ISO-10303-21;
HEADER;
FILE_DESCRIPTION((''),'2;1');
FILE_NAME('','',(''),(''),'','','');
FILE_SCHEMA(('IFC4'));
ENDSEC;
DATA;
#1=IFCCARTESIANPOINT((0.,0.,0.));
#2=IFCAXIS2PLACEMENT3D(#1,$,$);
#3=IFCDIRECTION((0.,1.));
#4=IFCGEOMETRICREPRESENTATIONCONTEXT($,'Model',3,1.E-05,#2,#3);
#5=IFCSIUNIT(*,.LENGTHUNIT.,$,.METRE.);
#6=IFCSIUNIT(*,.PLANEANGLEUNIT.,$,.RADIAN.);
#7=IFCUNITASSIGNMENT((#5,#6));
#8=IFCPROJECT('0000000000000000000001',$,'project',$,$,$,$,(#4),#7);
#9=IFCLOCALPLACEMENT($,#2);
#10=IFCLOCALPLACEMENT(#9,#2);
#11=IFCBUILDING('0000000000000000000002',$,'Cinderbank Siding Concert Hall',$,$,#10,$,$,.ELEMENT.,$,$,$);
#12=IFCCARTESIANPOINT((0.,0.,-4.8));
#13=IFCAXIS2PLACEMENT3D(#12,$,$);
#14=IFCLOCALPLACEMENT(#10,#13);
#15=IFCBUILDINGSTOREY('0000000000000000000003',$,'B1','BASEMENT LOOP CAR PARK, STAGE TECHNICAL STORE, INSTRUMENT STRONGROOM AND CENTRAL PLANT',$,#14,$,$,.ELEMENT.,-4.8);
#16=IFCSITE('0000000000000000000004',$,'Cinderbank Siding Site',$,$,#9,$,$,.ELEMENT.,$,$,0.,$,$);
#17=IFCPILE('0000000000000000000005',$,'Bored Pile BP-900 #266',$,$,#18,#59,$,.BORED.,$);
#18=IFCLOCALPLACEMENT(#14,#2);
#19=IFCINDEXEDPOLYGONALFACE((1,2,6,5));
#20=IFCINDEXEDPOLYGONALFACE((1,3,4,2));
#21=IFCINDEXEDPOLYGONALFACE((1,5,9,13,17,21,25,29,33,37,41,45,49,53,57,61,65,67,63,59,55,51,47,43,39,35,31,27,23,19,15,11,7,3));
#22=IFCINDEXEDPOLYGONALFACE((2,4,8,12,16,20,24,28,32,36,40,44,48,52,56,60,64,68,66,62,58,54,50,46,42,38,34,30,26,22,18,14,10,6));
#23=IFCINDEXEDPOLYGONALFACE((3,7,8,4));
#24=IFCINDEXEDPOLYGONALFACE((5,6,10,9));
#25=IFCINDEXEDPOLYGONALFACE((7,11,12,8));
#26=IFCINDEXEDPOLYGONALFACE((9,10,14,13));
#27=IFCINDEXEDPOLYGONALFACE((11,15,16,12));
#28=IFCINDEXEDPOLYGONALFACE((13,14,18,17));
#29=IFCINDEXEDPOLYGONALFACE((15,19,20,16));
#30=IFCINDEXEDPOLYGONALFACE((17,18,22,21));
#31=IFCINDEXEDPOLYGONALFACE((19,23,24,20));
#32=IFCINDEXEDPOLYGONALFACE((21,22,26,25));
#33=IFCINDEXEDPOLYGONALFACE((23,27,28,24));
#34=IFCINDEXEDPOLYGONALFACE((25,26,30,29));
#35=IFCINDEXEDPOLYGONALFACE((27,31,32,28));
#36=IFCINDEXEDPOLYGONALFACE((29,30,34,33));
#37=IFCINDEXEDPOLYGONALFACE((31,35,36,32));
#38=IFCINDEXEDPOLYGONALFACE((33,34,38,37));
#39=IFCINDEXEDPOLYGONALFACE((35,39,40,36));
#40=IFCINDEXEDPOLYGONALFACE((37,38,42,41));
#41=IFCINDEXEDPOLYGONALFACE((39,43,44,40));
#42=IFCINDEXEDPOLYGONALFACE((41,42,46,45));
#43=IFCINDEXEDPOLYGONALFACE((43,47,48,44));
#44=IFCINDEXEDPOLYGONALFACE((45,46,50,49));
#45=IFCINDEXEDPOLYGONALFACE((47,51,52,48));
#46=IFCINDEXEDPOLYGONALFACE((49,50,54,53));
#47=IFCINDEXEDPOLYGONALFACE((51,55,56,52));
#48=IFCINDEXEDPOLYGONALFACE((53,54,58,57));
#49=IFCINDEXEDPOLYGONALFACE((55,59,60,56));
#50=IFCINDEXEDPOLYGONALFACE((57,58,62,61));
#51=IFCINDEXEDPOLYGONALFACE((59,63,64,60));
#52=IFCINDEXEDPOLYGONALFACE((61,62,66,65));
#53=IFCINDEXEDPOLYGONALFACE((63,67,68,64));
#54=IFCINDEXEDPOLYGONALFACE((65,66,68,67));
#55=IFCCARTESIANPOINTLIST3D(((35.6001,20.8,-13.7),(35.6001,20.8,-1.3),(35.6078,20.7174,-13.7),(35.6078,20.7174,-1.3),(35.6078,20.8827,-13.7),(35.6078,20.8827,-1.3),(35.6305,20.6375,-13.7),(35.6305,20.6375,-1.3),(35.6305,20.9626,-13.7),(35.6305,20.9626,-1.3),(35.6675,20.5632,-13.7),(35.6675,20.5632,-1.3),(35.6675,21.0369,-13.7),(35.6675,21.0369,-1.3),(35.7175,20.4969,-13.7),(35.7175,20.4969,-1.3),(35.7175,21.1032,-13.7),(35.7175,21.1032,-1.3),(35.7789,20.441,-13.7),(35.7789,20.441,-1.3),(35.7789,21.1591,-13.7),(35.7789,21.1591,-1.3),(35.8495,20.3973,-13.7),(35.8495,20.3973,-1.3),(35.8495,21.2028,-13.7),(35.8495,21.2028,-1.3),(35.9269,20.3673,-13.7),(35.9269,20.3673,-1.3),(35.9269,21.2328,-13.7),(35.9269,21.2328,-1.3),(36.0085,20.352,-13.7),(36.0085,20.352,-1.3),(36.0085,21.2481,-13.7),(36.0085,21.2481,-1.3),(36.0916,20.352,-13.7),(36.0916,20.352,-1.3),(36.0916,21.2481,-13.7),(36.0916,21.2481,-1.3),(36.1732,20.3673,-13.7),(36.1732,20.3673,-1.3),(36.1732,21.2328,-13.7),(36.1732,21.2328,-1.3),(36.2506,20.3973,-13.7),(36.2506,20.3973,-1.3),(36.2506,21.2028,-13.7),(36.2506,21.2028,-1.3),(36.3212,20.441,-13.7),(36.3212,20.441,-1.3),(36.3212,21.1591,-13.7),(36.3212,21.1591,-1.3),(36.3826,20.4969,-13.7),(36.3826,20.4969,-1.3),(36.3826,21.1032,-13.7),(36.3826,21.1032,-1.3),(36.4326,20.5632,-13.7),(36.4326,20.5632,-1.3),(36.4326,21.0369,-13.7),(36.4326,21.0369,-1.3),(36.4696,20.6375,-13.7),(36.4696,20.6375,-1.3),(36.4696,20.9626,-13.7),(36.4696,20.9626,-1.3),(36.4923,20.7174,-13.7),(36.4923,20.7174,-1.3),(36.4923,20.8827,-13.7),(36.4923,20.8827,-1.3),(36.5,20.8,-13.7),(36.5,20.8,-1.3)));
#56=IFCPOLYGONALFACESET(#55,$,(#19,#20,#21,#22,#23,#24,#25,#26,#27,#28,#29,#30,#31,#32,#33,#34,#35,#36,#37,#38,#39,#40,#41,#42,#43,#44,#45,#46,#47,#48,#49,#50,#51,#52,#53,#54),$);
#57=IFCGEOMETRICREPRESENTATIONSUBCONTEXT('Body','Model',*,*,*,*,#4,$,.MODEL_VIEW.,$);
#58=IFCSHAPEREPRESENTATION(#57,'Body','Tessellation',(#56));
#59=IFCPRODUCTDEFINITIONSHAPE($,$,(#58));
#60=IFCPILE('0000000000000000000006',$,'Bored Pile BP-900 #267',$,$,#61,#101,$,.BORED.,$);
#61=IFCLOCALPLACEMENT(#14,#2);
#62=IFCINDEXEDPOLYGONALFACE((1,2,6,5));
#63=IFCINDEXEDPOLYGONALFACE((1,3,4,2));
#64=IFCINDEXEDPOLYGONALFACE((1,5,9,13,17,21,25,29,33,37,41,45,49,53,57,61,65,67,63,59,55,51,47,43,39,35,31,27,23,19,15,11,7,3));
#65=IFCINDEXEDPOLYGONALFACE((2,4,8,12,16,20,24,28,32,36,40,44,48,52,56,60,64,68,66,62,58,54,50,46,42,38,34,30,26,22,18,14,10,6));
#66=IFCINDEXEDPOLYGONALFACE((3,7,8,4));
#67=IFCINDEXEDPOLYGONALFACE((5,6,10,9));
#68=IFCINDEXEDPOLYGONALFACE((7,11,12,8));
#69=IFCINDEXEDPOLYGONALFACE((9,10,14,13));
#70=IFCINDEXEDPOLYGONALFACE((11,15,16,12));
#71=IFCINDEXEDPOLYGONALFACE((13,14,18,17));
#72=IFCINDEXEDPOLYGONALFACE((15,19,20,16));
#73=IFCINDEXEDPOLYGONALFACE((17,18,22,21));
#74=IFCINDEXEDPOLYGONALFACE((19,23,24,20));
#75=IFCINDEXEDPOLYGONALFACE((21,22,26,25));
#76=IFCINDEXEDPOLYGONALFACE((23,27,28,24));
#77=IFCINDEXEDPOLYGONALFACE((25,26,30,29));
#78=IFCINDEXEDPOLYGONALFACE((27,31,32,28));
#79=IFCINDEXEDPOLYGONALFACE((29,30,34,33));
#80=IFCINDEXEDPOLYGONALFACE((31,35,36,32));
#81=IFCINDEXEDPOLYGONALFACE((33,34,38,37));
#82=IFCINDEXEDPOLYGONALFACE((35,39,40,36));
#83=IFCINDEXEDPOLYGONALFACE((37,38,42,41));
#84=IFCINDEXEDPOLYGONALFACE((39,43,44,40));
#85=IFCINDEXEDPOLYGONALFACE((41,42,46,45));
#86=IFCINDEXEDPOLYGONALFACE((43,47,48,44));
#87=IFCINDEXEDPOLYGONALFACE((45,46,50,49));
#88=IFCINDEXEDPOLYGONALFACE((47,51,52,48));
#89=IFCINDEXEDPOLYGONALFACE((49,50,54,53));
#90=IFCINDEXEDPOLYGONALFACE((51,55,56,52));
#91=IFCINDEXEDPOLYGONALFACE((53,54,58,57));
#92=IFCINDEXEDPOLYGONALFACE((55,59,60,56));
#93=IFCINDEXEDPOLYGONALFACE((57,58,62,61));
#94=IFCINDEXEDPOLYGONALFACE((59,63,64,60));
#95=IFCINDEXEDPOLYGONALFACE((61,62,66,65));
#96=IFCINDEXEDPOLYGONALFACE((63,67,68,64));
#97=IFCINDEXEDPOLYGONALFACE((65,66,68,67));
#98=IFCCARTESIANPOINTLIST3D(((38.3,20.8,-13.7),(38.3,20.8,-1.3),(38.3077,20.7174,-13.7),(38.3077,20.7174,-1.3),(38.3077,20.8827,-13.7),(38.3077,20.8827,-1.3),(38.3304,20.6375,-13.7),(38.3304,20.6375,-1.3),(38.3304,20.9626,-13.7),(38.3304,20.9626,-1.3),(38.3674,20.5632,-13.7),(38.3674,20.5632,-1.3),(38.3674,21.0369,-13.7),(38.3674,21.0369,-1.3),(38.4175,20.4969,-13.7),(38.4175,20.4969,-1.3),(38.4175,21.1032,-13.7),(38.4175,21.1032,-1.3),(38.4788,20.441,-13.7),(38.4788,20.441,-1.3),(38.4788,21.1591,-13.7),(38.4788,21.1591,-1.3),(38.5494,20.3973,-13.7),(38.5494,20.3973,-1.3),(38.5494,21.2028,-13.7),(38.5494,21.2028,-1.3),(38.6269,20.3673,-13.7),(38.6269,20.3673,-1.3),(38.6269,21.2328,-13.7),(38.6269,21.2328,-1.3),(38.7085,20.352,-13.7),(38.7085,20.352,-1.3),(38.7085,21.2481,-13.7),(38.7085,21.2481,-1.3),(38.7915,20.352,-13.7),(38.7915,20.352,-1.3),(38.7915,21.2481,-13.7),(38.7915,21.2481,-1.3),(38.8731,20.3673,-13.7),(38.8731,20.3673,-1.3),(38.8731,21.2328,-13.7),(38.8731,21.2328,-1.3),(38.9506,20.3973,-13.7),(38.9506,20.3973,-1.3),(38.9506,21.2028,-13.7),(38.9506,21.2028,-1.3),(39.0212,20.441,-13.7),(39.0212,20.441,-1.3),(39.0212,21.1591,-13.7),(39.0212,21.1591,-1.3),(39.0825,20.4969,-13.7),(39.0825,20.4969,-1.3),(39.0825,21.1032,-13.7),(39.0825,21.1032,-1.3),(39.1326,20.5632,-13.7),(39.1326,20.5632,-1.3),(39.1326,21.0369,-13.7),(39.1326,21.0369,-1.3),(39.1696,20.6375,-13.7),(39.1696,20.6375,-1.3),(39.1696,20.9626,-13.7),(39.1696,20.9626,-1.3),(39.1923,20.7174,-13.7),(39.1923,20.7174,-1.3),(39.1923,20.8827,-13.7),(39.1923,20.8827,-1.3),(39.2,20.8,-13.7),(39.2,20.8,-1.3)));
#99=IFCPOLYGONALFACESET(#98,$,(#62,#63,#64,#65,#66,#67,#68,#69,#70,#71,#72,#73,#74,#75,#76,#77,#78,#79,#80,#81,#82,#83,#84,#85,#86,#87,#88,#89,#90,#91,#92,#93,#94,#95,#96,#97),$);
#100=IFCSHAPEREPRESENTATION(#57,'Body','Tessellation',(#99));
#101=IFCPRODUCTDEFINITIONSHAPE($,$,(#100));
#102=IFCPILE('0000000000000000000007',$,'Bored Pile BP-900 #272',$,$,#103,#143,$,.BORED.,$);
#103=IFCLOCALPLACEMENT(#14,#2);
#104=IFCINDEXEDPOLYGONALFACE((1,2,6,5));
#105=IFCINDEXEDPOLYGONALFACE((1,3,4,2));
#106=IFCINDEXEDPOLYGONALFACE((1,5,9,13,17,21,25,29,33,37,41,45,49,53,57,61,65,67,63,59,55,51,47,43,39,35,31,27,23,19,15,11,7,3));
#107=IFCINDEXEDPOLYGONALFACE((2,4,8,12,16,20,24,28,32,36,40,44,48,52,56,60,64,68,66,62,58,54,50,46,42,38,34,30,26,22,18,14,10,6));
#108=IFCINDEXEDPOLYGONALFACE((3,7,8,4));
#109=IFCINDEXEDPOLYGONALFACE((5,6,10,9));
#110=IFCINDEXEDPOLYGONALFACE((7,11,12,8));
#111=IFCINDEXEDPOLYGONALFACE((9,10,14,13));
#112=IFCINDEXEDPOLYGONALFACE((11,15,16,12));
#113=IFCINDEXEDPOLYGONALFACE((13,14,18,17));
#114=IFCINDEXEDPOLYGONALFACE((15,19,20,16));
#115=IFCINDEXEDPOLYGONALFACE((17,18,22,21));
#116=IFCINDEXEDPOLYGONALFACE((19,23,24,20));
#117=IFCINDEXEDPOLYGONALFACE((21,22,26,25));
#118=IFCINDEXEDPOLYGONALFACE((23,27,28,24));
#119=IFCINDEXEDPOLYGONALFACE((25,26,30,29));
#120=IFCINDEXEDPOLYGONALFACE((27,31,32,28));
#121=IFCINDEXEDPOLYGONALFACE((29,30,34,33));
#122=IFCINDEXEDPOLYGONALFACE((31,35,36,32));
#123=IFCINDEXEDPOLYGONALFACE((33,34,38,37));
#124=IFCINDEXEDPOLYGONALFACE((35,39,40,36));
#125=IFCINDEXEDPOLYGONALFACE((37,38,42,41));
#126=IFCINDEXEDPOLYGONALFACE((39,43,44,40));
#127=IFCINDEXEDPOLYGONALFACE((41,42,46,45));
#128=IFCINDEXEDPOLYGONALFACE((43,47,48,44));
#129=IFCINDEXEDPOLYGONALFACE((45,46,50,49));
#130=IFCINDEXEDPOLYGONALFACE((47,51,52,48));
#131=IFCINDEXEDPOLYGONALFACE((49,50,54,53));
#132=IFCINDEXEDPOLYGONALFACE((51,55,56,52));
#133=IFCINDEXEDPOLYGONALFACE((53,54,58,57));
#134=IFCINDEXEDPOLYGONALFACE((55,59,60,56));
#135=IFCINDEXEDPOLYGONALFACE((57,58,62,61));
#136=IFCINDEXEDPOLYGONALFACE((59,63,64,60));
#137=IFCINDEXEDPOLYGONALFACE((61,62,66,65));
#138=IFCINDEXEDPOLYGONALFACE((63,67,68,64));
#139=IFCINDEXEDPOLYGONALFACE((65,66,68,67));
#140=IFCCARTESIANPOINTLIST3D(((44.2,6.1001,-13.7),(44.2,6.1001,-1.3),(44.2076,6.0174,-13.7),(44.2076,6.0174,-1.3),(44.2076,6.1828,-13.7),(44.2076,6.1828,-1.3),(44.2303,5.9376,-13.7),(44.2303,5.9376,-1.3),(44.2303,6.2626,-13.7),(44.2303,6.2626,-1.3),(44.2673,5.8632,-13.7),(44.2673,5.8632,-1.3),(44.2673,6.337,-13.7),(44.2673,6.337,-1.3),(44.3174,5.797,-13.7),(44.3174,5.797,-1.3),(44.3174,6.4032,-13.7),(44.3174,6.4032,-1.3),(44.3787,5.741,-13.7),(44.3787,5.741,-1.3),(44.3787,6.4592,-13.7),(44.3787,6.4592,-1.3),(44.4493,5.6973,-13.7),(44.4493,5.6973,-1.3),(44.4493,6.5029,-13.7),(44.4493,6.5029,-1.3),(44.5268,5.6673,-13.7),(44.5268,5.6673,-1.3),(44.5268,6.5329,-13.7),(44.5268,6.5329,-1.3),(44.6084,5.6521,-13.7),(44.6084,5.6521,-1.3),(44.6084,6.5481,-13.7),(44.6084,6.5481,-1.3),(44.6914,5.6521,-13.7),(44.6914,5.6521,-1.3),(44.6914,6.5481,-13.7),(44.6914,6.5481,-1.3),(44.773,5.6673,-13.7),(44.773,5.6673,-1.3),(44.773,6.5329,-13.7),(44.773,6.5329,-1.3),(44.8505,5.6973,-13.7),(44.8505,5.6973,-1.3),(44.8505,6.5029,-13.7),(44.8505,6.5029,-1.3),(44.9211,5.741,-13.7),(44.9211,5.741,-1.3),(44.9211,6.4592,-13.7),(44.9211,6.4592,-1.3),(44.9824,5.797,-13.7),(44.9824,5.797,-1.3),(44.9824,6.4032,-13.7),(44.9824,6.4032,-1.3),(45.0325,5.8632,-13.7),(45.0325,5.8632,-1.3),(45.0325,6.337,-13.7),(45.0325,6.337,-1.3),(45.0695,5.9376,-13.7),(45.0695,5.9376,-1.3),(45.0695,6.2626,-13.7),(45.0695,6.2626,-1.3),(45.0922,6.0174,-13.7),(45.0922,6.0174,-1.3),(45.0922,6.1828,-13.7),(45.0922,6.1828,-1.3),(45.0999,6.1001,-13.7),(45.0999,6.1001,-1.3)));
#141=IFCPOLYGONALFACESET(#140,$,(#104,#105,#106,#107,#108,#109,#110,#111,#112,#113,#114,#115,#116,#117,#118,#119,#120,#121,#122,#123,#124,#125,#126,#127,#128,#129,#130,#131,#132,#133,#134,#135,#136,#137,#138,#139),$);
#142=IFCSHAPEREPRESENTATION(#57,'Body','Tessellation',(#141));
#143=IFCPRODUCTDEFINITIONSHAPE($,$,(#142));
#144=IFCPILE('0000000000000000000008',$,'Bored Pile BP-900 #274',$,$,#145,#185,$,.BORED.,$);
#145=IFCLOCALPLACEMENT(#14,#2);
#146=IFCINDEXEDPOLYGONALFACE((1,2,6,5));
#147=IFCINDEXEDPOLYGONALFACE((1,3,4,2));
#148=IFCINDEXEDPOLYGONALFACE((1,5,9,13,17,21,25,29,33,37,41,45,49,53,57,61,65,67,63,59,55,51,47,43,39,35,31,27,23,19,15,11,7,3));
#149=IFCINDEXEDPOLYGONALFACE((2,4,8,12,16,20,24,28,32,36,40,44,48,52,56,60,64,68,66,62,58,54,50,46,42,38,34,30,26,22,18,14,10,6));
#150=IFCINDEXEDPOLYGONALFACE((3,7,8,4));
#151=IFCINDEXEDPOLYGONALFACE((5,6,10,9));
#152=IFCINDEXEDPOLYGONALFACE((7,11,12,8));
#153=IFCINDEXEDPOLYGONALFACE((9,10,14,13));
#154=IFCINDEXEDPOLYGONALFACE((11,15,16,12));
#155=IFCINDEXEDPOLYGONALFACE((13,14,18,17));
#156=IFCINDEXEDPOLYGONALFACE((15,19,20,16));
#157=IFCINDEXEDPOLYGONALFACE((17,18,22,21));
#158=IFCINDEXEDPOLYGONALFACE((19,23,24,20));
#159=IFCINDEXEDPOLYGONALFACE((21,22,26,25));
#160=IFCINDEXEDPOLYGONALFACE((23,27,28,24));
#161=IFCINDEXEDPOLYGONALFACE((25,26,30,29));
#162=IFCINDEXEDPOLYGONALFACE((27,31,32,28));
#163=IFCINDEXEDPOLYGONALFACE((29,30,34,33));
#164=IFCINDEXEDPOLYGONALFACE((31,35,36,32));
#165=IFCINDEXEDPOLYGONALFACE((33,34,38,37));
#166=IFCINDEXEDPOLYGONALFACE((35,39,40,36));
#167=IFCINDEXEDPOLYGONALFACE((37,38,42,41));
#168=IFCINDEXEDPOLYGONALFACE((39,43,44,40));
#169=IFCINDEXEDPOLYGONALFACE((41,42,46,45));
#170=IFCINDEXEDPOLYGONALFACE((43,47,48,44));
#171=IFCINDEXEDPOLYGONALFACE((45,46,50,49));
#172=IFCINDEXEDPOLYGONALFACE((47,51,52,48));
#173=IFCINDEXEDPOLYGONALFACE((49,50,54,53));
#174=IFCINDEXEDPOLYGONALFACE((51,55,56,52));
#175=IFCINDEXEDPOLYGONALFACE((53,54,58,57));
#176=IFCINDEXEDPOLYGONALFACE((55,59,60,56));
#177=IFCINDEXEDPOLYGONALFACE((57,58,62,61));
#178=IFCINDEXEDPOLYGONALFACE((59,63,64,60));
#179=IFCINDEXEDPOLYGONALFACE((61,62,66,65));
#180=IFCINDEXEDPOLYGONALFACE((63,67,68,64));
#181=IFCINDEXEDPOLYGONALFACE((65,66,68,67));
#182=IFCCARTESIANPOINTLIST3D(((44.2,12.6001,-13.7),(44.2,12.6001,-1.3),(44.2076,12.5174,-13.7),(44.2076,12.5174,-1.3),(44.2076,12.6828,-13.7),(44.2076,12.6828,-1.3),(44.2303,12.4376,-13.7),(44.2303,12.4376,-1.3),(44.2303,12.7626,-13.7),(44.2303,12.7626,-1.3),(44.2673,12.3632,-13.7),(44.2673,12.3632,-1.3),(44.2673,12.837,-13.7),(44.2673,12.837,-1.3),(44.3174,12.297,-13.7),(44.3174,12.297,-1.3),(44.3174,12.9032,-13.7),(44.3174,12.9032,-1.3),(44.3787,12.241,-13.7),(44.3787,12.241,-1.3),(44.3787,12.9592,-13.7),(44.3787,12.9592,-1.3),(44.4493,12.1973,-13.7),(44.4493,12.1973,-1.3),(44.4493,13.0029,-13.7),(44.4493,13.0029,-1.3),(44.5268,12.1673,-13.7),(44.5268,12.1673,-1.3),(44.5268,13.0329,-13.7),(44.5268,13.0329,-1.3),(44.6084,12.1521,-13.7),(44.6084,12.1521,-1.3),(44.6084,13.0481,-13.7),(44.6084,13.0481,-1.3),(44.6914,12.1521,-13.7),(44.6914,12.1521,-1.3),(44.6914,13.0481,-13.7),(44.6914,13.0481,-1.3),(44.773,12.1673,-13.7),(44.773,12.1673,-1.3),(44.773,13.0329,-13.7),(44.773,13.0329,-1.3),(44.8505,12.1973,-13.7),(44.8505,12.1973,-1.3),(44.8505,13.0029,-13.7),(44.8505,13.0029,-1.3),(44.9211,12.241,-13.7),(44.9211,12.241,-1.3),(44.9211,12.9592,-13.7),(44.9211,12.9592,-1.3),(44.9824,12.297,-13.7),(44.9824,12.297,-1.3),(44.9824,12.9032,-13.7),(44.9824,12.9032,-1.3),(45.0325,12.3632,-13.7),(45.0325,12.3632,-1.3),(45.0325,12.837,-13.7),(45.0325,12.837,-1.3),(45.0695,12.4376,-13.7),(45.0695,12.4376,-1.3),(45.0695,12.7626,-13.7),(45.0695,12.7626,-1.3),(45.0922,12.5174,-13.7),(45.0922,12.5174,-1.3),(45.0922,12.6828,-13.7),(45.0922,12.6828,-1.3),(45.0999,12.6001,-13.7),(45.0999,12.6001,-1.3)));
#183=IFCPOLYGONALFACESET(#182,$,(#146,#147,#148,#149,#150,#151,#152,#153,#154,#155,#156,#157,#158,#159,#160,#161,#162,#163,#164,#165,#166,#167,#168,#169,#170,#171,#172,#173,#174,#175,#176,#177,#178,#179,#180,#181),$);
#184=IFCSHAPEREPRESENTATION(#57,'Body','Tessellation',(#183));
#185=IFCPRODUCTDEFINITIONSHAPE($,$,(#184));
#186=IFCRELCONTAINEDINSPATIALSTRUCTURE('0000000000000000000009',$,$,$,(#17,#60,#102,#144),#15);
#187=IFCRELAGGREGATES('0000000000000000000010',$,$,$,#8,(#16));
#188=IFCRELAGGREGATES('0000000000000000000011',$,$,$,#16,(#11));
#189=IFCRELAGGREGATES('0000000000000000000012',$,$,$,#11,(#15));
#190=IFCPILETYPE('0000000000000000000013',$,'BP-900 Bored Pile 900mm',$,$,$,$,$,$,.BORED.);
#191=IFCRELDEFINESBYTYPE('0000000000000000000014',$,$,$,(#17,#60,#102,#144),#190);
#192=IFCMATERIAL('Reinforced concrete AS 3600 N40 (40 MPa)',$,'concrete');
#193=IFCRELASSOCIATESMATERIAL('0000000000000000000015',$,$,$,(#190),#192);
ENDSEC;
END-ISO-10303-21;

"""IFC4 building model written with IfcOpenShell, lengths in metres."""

from ifc_helpers import new_model, si_unit, direction, frame, origin, origin_2d, place, context, subcontext, project, spatial, circle, extrude, material, material_profile, profile_set, type_object, element, save


model = new_model("IFC4")

# Units and contexts
model_context = context("Model", 3, precision=1e-05, world=origin(), true_north=direction((0.0, 1.0)))
body_context = subcontext(model_context, "Body", "Model", "MODEL_VIEW")
ifc_project = project(units=[si_unit("LENGTHUNIT", "METRE"), si_unit("PLANEANGLEUNIT", "RADIAN")], contexts=[model_context])

# Site, building, storey
site_placement = place(None, origin())
site = spatial("IfcSite", under=ifc_project, at=site_placement, Name="Cinderbank Siding Site", CompositionType="ELEMENT", RefElevation=0.0)
building_placement = place(site_placement, origin())
building = spatial("IfcBuilding", under=site, at=building_placement, Name="Cinderbank Siding Concert Hall", CompositionType="ELEMENT")
storey_placement = place(building_placement, frame((0.0, 0.0, -4.8)))
storey = spatial("IfcBuildingStorey", under=building, at=storey_placement, Name="B1", Description="BASEMENT LOOP CAR PARK, STAGE TECHNICAL STORE, INSTRUMENT STRONGROOM AND CENTRAL PLANT", CompositionType="ELEMENT", Elevation=-4.8)

# Piles
ifc_material_1 = material(Name="Reinforced concrete AS 3600 N40 (40 MPa)", Category="concrete")
ifc_material_profile_1 = material_profile(ifc_material_1, circle(Radius=0.45, at=origin_2d()), Name="PILE-900DIA", Category="LoadBearing")
ifc_profile_set_1 = profile_set([ifc_material_profile_1], Name="Reinforced concrete AS 3600 N40 (40 MPa)")
pile_type = type_object("IfcPileType", Name="BP-900 Bored Pile 900mm", PredefinedType="BORED", material=ifc_profile_set_1)
for number, where, z_axis, x_axis, name in (
    (1, (36.05, 20.8, -1.3), (0.0, 0.0, -1.0), (1.0, 0.0, 0.0), "Bored Pile BP-900 #266"),
    (2, (38.75, 20.8, -1.3), (0.0, 0.0, -1.0), (1.0, 0.0, 0.0), "Bored Pile BP-900 #267"),
    (3, (44.6499, 6.1001, -1.3), (0.0, 0.0, -1.0), (1.0, 0.0, 0.0), "Bored Pile BP-900 #272"),
    (4, (44.6499, 12.6001, -1.3), (0.0, 0.0, -1.0), (1.0, 0.0, 0.0), "Bored Pile BP-900 #274"),
):
    element("IfcPile", number, at=place(storey_placement, frame(where, z_axis=z_axis, x_axis=x_axis)), inside=storey, type_object=pile_type, Name=name, PredefinedType="BORED", context=body_context, shape_type="SweptSolid", body=[
        extrude(circle(Radius=0.45, at=origin_2d()), origin(), (0.0, 0.0, 1.0), 12.3999),
    ])

save(model, "model.ifc")
